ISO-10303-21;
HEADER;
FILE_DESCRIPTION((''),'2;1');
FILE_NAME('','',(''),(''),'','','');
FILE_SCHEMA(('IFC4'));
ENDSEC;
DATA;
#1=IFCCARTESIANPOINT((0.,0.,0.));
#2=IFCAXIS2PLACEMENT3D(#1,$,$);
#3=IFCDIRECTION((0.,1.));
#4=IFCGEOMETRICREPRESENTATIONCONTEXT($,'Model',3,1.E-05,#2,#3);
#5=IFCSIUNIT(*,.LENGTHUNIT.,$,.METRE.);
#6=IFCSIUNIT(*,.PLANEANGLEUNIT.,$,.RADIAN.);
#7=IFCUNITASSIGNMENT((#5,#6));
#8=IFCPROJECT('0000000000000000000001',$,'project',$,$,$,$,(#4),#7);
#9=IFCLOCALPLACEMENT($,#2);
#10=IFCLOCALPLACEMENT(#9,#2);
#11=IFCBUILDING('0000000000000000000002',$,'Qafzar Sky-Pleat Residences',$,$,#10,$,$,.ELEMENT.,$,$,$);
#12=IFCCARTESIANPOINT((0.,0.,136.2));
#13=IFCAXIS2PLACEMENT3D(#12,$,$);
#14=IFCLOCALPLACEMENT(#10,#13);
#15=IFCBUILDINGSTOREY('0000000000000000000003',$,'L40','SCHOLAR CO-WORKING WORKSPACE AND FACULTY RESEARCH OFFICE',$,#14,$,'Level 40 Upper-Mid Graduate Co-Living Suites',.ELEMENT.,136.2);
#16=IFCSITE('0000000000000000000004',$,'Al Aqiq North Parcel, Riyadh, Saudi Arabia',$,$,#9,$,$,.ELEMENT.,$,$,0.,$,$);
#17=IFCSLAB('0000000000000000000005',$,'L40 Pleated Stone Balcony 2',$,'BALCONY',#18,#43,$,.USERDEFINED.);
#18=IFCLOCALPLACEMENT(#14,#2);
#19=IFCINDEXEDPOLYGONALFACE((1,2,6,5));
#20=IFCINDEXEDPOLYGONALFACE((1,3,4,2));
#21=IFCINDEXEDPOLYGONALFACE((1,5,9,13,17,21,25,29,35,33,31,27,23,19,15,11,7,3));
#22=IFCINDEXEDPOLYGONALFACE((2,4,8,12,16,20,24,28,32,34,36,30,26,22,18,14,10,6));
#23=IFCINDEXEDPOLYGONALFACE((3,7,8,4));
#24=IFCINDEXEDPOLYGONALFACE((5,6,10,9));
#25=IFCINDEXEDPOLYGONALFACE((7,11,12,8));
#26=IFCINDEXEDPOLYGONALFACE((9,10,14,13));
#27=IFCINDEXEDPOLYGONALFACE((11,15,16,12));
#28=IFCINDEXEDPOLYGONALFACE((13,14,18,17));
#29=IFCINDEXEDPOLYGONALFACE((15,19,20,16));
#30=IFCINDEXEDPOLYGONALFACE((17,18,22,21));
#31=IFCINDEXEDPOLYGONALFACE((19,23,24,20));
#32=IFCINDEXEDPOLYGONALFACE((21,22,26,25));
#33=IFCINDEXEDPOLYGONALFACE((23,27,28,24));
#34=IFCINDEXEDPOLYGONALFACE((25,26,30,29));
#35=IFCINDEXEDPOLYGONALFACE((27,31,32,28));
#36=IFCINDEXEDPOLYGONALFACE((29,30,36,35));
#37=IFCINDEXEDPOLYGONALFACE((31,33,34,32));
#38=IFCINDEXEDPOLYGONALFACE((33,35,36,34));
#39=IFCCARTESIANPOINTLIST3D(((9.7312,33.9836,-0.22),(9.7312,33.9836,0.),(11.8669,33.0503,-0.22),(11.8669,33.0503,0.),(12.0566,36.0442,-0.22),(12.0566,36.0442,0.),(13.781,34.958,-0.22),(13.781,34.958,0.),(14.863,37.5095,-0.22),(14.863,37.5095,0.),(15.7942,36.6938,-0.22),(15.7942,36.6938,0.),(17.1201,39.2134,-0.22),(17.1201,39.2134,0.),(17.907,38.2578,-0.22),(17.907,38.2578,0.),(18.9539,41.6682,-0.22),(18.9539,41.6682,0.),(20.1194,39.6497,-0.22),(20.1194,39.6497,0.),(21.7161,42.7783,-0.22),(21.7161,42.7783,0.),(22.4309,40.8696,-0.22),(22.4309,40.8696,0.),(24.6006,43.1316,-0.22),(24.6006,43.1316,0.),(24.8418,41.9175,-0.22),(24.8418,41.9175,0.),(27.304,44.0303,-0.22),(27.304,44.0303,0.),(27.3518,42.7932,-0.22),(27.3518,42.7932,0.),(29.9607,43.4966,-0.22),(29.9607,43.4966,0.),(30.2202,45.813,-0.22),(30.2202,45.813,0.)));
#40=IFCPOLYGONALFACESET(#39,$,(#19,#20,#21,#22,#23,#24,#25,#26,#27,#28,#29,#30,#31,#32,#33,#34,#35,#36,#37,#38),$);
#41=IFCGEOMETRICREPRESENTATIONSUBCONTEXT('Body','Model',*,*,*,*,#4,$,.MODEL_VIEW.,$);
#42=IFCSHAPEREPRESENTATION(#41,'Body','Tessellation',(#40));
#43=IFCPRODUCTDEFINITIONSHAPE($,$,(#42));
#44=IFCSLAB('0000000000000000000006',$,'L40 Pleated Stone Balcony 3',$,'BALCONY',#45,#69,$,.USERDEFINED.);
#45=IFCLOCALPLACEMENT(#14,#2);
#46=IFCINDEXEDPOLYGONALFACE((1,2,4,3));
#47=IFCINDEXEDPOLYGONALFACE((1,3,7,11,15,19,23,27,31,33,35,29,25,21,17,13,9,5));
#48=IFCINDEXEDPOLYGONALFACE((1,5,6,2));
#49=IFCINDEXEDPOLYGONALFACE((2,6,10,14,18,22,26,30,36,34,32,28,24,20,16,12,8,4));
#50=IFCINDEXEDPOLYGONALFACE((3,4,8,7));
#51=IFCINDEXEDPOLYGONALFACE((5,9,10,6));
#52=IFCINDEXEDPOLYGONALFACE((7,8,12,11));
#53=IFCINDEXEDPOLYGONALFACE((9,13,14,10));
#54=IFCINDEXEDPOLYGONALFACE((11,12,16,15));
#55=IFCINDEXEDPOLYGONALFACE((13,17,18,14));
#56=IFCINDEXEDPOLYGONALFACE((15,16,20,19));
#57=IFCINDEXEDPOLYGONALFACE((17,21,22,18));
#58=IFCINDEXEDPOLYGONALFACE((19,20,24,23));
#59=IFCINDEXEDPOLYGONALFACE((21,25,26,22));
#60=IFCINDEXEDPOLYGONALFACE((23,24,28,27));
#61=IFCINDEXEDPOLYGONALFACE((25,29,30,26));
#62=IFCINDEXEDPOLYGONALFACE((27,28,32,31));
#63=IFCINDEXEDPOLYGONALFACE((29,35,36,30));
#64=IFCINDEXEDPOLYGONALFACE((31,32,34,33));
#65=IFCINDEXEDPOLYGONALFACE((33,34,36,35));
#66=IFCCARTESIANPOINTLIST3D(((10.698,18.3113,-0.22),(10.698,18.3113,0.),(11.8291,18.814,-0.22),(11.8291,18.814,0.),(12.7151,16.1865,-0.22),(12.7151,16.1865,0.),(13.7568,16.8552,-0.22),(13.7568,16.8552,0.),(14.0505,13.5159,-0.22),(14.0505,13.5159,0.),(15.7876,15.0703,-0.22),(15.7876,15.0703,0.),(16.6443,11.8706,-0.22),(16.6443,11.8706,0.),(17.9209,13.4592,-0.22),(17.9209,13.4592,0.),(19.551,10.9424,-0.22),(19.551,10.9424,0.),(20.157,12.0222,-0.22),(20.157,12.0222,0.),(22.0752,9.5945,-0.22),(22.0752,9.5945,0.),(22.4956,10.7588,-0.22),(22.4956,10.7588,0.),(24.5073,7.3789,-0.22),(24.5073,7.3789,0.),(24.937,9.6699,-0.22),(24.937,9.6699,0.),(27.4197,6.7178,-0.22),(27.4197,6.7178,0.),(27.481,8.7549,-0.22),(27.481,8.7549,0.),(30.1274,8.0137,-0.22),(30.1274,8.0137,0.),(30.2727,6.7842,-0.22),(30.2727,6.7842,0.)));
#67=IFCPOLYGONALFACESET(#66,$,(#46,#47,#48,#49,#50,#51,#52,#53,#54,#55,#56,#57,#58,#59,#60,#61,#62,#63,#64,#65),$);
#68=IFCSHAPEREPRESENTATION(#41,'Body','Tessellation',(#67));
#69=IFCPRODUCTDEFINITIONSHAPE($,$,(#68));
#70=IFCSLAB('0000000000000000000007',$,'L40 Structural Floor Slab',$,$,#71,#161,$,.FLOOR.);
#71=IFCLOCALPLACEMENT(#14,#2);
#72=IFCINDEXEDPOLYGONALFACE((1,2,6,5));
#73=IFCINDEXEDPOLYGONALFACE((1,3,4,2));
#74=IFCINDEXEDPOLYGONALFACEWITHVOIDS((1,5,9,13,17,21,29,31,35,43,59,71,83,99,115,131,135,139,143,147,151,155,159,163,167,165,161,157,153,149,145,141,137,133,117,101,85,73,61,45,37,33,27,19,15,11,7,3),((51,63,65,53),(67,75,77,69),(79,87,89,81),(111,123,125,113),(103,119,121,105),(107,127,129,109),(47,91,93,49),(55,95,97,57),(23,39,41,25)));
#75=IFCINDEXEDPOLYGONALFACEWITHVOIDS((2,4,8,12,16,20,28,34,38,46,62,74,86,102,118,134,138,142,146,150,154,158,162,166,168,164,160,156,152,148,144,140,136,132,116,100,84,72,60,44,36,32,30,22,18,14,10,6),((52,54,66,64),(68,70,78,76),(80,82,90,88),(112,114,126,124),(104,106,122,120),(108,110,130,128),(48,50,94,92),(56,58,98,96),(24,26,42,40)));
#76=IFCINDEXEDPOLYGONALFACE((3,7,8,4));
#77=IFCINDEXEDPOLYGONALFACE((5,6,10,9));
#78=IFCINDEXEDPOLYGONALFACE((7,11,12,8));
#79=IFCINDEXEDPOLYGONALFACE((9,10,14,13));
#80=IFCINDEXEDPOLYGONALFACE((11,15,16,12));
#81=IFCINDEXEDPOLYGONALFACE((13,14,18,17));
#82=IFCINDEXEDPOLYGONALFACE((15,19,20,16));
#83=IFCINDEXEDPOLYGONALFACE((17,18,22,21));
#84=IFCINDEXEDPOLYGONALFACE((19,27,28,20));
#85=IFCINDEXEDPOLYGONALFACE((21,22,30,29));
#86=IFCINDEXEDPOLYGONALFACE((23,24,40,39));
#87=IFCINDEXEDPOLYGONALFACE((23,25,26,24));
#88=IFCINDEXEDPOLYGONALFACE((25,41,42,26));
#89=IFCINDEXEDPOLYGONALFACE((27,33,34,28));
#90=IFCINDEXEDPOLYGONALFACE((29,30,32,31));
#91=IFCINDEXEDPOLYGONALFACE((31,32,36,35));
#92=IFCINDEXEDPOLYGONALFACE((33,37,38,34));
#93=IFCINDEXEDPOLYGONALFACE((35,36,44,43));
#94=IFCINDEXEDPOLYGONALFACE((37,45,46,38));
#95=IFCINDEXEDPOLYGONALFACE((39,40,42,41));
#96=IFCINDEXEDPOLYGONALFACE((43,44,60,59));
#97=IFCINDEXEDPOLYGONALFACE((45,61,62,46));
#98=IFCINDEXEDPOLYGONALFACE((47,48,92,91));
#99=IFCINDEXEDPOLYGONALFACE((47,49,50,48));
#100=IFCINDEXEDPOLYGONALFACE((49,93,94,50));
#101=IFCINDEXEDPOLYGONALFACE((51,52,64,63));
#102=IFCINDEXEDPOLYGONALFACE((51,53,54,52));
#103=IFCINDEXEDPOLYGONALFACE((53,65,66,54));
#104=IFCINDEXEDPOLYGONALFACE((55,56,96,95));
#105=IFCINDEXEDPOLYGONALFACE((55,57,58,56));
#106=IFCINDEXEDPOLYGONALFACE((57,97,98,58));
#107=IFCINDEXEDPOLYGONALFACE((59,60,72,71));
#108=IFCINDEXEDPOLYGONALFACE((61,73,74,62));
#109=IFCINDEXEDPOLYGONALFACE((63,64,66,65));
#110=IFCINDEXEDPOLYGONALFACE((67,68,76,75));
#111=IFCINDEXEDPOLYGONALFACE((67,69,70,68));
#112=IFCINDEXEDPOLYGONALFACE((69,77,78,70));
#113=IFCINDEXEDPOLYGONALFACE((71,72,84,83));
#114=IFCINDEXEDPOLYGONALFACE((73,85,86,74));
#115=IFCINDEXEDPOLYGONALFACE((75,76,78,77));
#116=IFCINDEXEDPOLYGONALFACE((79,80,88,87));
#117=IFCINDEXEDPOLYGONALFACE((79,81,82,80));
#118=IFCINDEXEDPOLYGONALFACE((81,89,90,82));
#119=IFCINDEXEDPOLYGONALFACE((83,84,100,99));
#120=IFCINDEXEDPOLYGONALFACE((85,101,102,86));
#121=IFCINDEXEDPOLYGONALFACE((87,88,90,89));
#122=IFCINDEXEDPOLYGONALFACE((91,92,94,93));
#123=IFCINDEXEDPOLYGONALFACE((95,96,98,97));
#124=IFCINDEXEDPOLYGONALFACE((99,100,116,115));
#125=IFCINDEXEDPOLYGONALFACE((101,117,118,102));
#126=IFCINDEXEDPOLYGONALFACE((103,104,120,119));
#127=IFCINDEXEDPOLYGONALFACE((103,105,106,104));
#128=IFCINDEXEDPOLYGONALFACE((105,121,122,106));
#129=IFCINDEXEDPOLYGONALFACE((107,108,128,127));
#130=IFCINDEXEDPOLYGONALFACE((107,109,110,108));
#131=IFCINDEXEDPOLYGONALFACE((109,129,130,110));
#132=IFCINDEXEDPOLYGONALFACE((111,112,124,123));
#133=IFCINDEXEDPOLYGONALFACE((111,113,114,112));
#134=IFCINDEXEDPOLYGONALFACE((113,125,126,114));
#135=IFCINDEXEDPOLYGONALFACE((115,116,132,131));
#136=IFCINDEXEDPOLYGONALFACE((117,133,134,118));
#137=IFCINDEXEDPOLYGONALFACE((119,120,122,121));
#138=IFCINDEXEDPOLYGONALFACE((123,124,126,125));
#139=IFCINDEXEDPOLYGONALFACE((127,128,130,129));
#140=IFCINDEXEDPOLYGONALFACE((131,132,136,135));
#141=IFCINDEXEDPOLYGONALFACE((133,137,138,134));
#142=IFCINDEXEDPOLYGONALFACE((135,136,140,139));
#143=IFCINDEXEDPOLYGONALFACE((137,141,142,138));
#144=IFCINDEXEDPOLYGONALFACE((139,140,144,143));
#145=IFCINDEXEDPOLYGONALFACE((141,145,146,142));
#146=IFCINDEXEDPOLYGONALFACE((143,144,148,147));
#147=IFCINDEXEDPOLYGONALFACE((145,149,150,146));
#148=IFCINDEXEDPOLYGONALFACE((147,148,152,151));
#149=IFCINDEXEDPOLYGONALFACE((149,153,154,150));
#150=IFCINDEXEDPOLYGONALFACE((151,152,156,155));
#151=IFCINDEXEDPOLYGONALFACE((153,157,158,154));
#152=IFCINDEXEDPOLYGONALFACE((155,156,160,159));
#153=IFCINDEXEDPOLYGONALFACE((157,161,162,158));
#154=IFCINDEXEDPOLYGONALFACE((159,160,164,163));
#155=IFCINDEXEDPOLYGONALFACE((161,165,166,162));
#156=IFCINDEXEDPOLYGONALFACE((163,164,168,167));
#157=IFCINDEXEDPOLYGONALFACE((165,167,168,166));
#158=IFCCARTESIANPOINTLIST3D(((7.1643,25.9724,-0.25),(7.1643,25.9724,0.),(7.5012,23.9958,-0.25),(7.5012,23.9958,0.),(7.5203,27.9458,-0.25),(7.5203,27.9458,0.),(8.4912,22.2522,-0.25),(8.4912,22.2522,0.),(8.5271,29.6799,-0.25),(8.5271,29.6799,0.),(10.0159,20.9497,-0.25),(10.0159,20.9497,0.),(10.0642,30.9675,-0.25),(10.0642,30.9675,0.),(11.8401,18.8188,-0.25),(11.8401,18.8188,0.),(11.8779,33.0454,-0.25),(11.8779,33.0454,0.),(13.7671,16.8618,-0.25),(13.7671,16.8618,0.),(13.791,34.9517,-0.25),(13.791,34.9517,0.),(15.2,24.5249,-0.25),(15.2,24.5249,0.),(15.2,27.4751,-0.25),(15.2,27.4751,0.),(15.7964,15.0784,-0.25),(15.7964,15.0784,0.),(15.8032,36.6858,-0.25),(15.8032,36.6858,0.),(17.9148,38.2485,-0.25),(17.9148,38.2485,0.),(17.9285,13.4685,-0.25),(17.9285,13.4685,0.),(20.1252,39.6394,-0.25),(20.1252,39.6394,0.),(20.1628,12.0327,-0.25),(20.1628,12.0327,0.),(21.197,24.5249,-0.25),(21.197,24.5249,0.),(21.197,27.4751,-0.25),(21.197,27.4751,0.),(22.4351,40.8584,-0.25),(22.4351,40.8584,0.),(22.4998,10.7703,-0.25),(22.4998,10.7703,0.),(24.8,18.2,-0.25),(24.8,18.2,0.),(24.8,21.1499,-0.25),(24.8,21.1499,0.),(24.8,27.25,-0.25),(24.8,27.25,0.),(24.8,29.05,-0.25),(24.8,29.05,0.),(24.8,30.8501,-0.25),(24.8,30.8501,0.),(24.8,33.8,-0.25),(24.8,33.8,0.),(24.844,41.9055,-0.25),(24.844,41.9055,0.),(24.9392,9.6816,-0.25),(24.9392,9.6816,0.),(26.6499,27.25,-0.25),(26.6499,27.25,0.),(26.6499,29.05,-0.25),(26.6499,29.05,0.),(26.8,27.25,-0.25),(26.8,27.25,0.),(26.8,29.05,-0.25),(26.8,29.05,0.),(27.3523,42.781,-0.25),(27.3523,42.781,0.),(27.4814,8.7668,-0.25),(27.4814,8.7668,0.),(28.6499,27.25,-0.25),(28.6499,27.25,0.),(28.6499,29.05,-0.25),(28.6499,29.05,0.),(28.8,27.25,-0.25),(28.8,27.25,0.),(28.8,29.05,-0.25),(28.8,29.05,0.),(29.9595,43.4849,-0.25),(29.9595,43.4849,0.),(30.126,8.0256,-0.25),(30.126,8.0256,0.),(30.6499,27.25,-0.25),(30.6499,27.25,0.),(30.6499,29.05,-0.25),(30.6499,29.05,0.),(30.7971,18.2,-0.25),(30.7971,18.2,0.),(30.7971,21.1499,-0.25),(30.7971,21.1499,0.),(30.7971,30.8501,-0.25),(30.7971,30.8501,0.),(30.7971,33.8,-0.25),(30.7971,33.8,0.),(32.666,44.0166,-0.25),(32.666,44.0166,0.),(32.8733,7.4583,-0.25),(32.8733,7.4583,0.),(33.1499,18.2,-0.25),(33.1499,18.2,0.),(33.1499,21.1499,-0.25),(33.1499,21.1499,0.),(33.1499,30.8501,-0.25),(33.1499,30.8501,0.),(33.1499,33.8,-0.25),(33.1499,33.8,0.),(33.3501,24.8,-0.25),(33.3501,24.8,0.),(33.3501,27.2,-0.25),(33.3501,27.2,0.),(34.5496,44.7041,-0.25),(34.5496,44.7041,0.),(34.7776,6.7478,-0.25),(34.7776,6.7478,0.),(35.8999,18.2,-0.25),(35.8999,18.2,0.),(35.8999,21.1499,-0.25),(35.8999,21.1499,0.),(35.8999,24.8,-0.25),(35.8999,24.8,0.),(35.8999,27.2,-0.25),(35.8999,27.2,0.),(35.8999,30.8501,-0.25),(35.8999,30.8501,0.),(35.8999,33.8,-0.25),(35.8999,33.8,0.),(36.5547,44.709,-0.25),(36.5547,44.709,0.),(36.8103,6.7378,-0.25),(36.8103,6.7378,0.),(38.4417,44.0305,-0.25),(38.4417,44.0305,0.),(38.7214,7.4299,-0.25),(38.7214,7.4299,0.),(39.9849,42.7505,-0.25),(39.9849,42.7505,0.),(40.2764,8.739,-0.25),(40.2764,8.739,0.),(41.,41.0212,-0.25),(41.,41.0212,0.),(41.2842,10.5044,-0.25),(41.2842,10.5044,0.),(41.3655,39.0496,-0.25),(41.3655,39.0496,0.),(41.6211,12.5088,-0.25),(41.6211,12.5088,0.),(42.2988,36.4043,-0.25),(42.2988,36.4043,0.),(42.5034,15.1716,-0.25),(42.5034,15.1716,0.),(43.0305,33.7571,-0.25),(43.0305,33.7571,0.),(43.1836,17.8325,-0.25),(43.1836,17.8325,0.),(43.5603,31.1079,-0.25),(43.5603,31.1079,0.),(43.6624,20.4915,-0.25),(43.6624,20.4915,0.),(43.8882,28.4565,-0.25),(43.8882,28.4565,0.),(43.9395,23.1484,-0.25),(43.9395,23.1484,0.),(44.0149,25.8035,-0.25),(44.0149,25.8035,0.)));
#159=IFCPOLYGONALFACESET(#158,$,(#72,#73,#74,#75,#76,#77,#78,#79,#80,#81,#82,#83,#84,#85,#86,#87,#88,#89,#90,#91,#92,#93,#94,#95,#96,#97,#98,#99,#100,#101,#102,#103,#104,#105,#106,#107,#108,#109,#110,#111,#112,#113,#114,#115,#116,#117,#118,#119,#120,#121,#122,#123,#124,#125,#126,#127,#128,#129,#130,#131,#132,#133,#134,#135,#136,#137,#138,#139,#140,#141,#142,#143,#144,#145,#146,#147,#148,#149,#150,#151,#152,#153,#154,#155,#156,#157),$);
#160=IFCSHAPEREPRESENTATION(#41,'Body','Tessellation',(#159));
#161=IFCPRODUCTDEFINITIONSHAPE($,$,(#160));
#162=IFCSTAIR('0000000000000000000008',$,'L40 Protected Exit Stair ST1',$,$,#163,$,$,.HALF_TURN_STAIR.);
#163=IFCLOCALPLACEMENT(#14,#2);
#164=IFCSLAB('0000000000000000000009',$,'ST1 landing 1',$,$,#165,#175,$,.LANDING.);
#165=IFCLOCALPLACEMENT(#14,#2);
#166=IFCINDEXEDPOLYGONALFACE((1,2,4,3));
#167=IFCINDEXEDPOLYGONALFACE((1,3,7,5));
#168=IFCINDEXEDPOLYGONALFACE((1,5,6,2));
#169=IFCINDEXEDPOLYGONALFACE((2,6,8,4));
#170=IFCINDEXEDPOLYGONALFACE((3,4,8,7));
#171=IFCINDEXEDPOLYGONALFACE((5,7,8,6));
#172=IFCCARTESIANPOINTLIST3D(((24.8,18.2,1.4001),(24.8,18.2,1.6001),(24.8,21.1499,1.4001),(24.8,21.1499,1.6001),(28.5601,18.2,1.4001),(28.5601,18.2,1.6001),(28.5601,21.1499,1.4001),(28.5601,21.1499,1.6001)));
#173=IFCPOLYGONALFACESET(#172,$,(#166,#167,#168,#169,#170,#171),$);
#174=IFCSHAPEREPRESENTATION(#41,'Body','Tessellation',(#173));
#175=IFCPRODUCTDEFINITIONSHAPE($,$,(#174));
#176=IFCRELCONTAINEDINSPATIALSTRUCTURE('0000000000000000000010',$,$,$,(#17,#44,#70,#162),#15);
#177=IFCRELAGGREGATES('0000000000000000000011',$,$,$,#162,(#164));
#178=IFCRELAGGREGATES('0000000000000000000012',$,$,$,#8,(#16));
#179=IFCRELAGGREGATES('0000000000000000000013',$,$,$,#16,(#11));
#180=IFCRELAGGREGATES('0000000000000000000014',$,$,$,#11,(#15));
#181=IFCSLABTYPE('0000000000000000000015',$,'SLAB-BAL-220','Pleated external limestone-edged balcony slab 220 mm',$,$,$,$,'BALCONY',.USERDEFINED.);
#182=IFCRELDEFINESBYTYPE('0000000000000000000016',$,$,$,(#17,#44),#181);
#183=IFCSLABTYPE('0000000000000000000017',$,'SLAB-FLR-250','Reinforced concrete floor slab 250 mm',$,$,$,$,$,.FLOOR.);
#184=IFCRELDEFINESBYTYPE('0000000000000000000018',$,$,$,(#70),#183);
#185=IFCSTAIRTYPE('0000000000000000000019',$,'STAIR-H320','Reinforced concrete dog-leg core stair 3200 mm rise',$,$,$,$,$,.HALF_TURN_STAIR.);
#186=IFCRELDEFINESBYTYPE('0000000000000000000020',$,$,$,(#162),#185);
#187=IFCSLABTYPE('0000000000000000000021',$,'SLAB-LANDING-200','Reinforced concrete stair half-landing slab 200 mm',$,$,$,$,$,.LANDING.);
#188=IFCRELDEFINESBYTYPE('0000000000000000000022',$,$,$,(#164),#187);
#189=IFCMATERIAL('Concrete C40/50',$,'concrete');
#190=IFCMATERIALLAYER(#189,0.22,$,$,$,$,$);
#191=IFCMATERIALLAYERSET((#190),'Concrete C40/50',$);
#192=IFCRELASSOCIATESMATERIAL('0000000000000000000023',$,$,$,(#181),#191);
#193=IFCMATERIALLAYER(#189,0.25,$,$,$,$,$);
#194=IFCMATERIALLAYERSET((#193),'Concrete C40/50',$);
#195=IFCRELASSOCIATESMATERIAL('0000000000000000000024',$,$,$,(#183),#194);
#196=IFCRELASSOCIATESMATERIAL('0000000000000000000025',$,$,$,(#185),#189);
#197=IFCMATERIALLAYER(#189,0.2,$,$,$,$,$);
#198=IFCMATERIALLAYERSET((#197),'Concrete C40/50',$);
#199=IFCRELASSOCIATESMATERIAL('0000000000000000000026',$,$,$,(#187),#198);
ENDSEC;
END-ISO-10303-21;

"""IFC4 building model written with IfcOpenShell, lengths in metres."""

from ifc_helpers import new_model, si_unit, direction, frame, origin, place, context, subcontext, project, spatial, polyline, outline, extrude, material, layer, layer_set, type_object, element, aggregate, save


model = new_model("IFC4")

# Units and contexts
model_context = context("Model", 3, precision=1e-05, world=origin(), true_north=direction((0.0, 1.0)))
body_context = subcontext(model_context, "Body", "Model", "MODEL_VIEW")
ifc_project = project(units=[si_unit("LENGTHUNIT", "METRE"), si_unit("PLANEANGLEUNIT", "RADIAN")], contexts=[model_context])

# Site, building, storey
site_placement = place(None, origin())
site = spatial("IfcSite", under=ifc_project, at=site_placement, Name="Al Aqiq North Parcel, Riyadh, Saudi Arabia", CompositionType="ELEMENT", RefElevation=0.0)
building_placement = place(site_placement, origin())
building = spatial("IfcBuilding", under=site, at=building_placement, Name="Qafzar Sky-Pleat Residences", CompositionType="ELEMENT")
storey_placement = place(building_placement, frame((0.0, 0.0, 136.2)))
storey = spatial("IfcBuildingStorey", under=building, at=storey_placement, Name="L40", Description="SCHOLAR CO-WORKING WORKSPACE AND FACULTY RESEARCH OFFICE", LongName="Level 40 Upper-Mid Graduate Co-Living Suites", CompositionType="ELEMENT", Elevation=136.2)

# Slabs
ifc_material_1 = material(Name="Concrete C40/50", Category="concrete")
ifc_layer_1 = layer(ifc_material_1, 0.22)
ifc_layer_set_1 = layer_set([ifc_layer_1], Name="Concrete C40/50")
slab_type_1 = type_object("IfcSlabType", Name="SLAB-BAL-220", Description="Pleated external limestone-edged balcony slab 220 mm", ElementType="BALCONY", PredefinedType="USERDEFINED", material=ifc_layer_set_1)
slab_1_placement = place(storey_placement, frame((0.0, 0.0, -0.22)))
element("IfcSlab", 1, at=slab_1_placement, inside=storey, type_object=slab_type_1, Name="L40 Pleated Stone Balcony 2", ObjectType="BALCONY", PredefinedType="USERDEFINED", context=body_context, shape_type="SweptSolid", body=[
    extrude(outline(polyline([(27.3518, 42.7932), (24.8418, 41.9175), (22.4309, 40.8696), (20.1194, 39.6497), (17.907, 38.2578), (15.7942, 36.6938), (13.781, 34.958), (11.8669, 33.0503), (9.7312, 33.9836), (12.0566, 36.0442), (14.863, 37.5095), (17.1201, 39.2134), (18.9539, 41.6682), (21.7161, 42.7783), (24.6006, 43.1316), (27.304, 44.0303), (30.2202, 45.813), (29.9607, 43.4966), (27.3518, 42.7932)])), origin(), (0.0, 0.0, 1.0), 0.22),
])
slab_2_placement = place(storey_placement, frame((0.0, 0.0, -0.22)))
element("IfcSlab", 2, at=slab_2_placement, inside=storey, type_object=slab_type_1, Name="L40 Pleated Stone Balcony 3", ObjectType="BALCONY", PredefinedType="USERDEFINED", context=body_context, shape_type="SweptSolid", body=[
    extrude(outline(polyline([(13.7568, 16.8552), (15.7876, 15.0703), (17.9209, 13.4592), (20.157, 12.0222), (22.4956, 10.7588), (24.937, 9.6699), (27.481, 8.7549), (30.1274, 8.0137), (30.2727, 6.7842), (27.4197, 6.7178), (24.5073, 7.3789), (22.0752, 9.5945), (19.551, 10.9424), (16.6443, 11.8706), (14.0505, 13.5159), (12.7151, 16.1865), (10.698, 18.3113), (11.8291, 18.814), (13.7568, 16.8552)])), origin(), (0.0, 0.0, 1.0), 0.22),
])
ifc_layer_2 = layer(ifc_material_1, 0.25)
ifc_layer_set_2 = layer_set([ifc_layer_2], Name="Concrete C40/50")
slab_type_2 = type_object("IfcSlabType", Name="SLAB-FLR-250", Description="Reinforced concrete floor slab 250 mm", PredefinedType="FLOOR", material=ifc_layer_set_2)
slab_3_placement = place(storey_placement, frame((0.0, 0.0, -0.25)))
element("IfcSlab", 3, at=slab_3_placement, inside=storey, type_object=slab_type_2, Name="L40 Structural Floor Slab", PredefinedType="FLOOR", context=body_context, shape_type="SweptSolid", body=[
    extrude(outline(polyline([(10.0642, 30.9675), (8.5271, 29.6799), (7.5203, 27.9458), (7.1643, 25.9724), (7.5012, 23.9958), (8.4912, 22.2522), (10.0159, 20.9497), (11.8401, 18.8188), (13.7671, 16.8618), (15.7964, 15.0784), (17.9285, 13.4685), (20.1628, 12.0327), (22.4998, 10.7703), (24.9392, 9.6816), (27.4814, 8.7668), (30.126, 8.0256), (32.8733, 7.4583), (34.7776, 6.7478), (36.8103, 6.7378), (38.7214, 7.4299), (40.2764, 8.739), (41.2842, 10.5044), (41.6211, 12.5088), (42.5034, 15.1716), (43.1836, 17.8325), (43.6624, 20.4915), (43.9395, 23.1484), (44.0149, 25.8035), (43.8882, 28.4565), (43.5603, 31.1079), (43.0305, 33.7571), (42.2988, 36.4043), (41.3655, 39.0496), (41.0, 41.0212), (39.9849, 42.7505), (38.4417, 44.0305), (36.5547, 44.709), (34.5496, 44.7041), (32.666, 44.0166), (29.9595, 43.4849), (27.3523, 42.781), (24.844, 41.9055), (22.4351, 40.8584), (20.1252, 39.6394), (17.9148, 38.2485), (15.8032, 36.6858), (13.791, 34.9517), (11.8779, 33.0454), (10.0642, 30.9675)]), holes=[polyline([(30.7971, 21.1499), (24.8, 21.1499), (24.8, 18.2), (30.7971, 18.2), (30.7971, 21.1499)]), polyline([(30.7971, 33.8), (24.8, 33.8), (24.8, 30.8501), (30.7971, 30.8501), (30.7971, 33.8)]), polyline([(21.197, 27.4751), (15.2, 27.4751), (15.2, 24.5249), (21.197, 24.5249), (21.197, 27.4751)]), polyline([(24.8, 27.25), (26.6499, 27.25), (26.6499, 29.05), (24.8, 29.05), (24.8, 27.25)]), polyline([(26.8, 27.25), (28.6499, 27.25), (28.6499, 29.05), (26.8, 29.05), (26.8, 27.25)]), polyline([(28.8, 27.25), (30.6499, 27.25), (30.6499, 29.05), (28.8, 29.05), (28.8, 27.25)]), polyline([(33.1499, 18.2), (35.8999, 18.2), (35.8999, 21.1499), (33.1499, 21.1499), (33.1499, 18.2)]), polyline([(33.1499, 30.8501), (35.8999, 30.8501), (35.8999, 33.8), (33.1499, 33.8), (33.1499, 30.8501)]), polyline([(33.3501, 24.8), (35.8999, 24.8), (35.8999, 27.2), (33.3501, 27.2), (33.3501, 24.8)])]), origin(), (0.0, 0.0, 1.0), 0.25),
])

# Stair, slab
stair_type = type_object("IfcStairType", Name="STAIR-H320", Description="Reinforced concrete dog-leg core stair 3200 mm rise", PredefinedType="HALF_TURN_STAIR", material=ifc_material_1)
stair_1_placement = place(storey_placement, origin())
stair_1 = element("IfcStair", 4, at=stair_1_placement, inside=storey, type_object=stair_type, Name="L40 Protected Exit Stair ST1", PredefinedType="HALF_TURN_STAIR")
ifc_layer_3 = layer(ifc_material_1, 0.2)
ifc_layer_set_3 = layer_set([ifc_layer_3], Name="Concrete C40/50")
slab_type_3 = type_object("IfcSlabType", Name="SLAB-LANDING-200", Description="Reinforced concrete stair half-landing slab 200 mm", PredefinedType="LANDING", material=ifc_layer_set_3)
slab_4_placement = place(storey_placement, frame((0.0, 0.0, 1.4001)))
slab_4 = element("IfcSlab", 5, at=slab_4_placement, type_object=slab_type_3, Name="ST1 landing 1", PredefinedType="LANDING", context=body_context, shape_type="SweptSolid", body=[
    extrude(outline(polyline([(28.5601, 21.1499), (24.8, 21.1499), (24.8, 18.2), (28.5601, 18.2), (28.5601, 21.1499)])), origin(), (0.0, 0.0, 1.0), 0.2),
])
aggregate(stair_1, [slab_4])

save(model, "model.ifc")
